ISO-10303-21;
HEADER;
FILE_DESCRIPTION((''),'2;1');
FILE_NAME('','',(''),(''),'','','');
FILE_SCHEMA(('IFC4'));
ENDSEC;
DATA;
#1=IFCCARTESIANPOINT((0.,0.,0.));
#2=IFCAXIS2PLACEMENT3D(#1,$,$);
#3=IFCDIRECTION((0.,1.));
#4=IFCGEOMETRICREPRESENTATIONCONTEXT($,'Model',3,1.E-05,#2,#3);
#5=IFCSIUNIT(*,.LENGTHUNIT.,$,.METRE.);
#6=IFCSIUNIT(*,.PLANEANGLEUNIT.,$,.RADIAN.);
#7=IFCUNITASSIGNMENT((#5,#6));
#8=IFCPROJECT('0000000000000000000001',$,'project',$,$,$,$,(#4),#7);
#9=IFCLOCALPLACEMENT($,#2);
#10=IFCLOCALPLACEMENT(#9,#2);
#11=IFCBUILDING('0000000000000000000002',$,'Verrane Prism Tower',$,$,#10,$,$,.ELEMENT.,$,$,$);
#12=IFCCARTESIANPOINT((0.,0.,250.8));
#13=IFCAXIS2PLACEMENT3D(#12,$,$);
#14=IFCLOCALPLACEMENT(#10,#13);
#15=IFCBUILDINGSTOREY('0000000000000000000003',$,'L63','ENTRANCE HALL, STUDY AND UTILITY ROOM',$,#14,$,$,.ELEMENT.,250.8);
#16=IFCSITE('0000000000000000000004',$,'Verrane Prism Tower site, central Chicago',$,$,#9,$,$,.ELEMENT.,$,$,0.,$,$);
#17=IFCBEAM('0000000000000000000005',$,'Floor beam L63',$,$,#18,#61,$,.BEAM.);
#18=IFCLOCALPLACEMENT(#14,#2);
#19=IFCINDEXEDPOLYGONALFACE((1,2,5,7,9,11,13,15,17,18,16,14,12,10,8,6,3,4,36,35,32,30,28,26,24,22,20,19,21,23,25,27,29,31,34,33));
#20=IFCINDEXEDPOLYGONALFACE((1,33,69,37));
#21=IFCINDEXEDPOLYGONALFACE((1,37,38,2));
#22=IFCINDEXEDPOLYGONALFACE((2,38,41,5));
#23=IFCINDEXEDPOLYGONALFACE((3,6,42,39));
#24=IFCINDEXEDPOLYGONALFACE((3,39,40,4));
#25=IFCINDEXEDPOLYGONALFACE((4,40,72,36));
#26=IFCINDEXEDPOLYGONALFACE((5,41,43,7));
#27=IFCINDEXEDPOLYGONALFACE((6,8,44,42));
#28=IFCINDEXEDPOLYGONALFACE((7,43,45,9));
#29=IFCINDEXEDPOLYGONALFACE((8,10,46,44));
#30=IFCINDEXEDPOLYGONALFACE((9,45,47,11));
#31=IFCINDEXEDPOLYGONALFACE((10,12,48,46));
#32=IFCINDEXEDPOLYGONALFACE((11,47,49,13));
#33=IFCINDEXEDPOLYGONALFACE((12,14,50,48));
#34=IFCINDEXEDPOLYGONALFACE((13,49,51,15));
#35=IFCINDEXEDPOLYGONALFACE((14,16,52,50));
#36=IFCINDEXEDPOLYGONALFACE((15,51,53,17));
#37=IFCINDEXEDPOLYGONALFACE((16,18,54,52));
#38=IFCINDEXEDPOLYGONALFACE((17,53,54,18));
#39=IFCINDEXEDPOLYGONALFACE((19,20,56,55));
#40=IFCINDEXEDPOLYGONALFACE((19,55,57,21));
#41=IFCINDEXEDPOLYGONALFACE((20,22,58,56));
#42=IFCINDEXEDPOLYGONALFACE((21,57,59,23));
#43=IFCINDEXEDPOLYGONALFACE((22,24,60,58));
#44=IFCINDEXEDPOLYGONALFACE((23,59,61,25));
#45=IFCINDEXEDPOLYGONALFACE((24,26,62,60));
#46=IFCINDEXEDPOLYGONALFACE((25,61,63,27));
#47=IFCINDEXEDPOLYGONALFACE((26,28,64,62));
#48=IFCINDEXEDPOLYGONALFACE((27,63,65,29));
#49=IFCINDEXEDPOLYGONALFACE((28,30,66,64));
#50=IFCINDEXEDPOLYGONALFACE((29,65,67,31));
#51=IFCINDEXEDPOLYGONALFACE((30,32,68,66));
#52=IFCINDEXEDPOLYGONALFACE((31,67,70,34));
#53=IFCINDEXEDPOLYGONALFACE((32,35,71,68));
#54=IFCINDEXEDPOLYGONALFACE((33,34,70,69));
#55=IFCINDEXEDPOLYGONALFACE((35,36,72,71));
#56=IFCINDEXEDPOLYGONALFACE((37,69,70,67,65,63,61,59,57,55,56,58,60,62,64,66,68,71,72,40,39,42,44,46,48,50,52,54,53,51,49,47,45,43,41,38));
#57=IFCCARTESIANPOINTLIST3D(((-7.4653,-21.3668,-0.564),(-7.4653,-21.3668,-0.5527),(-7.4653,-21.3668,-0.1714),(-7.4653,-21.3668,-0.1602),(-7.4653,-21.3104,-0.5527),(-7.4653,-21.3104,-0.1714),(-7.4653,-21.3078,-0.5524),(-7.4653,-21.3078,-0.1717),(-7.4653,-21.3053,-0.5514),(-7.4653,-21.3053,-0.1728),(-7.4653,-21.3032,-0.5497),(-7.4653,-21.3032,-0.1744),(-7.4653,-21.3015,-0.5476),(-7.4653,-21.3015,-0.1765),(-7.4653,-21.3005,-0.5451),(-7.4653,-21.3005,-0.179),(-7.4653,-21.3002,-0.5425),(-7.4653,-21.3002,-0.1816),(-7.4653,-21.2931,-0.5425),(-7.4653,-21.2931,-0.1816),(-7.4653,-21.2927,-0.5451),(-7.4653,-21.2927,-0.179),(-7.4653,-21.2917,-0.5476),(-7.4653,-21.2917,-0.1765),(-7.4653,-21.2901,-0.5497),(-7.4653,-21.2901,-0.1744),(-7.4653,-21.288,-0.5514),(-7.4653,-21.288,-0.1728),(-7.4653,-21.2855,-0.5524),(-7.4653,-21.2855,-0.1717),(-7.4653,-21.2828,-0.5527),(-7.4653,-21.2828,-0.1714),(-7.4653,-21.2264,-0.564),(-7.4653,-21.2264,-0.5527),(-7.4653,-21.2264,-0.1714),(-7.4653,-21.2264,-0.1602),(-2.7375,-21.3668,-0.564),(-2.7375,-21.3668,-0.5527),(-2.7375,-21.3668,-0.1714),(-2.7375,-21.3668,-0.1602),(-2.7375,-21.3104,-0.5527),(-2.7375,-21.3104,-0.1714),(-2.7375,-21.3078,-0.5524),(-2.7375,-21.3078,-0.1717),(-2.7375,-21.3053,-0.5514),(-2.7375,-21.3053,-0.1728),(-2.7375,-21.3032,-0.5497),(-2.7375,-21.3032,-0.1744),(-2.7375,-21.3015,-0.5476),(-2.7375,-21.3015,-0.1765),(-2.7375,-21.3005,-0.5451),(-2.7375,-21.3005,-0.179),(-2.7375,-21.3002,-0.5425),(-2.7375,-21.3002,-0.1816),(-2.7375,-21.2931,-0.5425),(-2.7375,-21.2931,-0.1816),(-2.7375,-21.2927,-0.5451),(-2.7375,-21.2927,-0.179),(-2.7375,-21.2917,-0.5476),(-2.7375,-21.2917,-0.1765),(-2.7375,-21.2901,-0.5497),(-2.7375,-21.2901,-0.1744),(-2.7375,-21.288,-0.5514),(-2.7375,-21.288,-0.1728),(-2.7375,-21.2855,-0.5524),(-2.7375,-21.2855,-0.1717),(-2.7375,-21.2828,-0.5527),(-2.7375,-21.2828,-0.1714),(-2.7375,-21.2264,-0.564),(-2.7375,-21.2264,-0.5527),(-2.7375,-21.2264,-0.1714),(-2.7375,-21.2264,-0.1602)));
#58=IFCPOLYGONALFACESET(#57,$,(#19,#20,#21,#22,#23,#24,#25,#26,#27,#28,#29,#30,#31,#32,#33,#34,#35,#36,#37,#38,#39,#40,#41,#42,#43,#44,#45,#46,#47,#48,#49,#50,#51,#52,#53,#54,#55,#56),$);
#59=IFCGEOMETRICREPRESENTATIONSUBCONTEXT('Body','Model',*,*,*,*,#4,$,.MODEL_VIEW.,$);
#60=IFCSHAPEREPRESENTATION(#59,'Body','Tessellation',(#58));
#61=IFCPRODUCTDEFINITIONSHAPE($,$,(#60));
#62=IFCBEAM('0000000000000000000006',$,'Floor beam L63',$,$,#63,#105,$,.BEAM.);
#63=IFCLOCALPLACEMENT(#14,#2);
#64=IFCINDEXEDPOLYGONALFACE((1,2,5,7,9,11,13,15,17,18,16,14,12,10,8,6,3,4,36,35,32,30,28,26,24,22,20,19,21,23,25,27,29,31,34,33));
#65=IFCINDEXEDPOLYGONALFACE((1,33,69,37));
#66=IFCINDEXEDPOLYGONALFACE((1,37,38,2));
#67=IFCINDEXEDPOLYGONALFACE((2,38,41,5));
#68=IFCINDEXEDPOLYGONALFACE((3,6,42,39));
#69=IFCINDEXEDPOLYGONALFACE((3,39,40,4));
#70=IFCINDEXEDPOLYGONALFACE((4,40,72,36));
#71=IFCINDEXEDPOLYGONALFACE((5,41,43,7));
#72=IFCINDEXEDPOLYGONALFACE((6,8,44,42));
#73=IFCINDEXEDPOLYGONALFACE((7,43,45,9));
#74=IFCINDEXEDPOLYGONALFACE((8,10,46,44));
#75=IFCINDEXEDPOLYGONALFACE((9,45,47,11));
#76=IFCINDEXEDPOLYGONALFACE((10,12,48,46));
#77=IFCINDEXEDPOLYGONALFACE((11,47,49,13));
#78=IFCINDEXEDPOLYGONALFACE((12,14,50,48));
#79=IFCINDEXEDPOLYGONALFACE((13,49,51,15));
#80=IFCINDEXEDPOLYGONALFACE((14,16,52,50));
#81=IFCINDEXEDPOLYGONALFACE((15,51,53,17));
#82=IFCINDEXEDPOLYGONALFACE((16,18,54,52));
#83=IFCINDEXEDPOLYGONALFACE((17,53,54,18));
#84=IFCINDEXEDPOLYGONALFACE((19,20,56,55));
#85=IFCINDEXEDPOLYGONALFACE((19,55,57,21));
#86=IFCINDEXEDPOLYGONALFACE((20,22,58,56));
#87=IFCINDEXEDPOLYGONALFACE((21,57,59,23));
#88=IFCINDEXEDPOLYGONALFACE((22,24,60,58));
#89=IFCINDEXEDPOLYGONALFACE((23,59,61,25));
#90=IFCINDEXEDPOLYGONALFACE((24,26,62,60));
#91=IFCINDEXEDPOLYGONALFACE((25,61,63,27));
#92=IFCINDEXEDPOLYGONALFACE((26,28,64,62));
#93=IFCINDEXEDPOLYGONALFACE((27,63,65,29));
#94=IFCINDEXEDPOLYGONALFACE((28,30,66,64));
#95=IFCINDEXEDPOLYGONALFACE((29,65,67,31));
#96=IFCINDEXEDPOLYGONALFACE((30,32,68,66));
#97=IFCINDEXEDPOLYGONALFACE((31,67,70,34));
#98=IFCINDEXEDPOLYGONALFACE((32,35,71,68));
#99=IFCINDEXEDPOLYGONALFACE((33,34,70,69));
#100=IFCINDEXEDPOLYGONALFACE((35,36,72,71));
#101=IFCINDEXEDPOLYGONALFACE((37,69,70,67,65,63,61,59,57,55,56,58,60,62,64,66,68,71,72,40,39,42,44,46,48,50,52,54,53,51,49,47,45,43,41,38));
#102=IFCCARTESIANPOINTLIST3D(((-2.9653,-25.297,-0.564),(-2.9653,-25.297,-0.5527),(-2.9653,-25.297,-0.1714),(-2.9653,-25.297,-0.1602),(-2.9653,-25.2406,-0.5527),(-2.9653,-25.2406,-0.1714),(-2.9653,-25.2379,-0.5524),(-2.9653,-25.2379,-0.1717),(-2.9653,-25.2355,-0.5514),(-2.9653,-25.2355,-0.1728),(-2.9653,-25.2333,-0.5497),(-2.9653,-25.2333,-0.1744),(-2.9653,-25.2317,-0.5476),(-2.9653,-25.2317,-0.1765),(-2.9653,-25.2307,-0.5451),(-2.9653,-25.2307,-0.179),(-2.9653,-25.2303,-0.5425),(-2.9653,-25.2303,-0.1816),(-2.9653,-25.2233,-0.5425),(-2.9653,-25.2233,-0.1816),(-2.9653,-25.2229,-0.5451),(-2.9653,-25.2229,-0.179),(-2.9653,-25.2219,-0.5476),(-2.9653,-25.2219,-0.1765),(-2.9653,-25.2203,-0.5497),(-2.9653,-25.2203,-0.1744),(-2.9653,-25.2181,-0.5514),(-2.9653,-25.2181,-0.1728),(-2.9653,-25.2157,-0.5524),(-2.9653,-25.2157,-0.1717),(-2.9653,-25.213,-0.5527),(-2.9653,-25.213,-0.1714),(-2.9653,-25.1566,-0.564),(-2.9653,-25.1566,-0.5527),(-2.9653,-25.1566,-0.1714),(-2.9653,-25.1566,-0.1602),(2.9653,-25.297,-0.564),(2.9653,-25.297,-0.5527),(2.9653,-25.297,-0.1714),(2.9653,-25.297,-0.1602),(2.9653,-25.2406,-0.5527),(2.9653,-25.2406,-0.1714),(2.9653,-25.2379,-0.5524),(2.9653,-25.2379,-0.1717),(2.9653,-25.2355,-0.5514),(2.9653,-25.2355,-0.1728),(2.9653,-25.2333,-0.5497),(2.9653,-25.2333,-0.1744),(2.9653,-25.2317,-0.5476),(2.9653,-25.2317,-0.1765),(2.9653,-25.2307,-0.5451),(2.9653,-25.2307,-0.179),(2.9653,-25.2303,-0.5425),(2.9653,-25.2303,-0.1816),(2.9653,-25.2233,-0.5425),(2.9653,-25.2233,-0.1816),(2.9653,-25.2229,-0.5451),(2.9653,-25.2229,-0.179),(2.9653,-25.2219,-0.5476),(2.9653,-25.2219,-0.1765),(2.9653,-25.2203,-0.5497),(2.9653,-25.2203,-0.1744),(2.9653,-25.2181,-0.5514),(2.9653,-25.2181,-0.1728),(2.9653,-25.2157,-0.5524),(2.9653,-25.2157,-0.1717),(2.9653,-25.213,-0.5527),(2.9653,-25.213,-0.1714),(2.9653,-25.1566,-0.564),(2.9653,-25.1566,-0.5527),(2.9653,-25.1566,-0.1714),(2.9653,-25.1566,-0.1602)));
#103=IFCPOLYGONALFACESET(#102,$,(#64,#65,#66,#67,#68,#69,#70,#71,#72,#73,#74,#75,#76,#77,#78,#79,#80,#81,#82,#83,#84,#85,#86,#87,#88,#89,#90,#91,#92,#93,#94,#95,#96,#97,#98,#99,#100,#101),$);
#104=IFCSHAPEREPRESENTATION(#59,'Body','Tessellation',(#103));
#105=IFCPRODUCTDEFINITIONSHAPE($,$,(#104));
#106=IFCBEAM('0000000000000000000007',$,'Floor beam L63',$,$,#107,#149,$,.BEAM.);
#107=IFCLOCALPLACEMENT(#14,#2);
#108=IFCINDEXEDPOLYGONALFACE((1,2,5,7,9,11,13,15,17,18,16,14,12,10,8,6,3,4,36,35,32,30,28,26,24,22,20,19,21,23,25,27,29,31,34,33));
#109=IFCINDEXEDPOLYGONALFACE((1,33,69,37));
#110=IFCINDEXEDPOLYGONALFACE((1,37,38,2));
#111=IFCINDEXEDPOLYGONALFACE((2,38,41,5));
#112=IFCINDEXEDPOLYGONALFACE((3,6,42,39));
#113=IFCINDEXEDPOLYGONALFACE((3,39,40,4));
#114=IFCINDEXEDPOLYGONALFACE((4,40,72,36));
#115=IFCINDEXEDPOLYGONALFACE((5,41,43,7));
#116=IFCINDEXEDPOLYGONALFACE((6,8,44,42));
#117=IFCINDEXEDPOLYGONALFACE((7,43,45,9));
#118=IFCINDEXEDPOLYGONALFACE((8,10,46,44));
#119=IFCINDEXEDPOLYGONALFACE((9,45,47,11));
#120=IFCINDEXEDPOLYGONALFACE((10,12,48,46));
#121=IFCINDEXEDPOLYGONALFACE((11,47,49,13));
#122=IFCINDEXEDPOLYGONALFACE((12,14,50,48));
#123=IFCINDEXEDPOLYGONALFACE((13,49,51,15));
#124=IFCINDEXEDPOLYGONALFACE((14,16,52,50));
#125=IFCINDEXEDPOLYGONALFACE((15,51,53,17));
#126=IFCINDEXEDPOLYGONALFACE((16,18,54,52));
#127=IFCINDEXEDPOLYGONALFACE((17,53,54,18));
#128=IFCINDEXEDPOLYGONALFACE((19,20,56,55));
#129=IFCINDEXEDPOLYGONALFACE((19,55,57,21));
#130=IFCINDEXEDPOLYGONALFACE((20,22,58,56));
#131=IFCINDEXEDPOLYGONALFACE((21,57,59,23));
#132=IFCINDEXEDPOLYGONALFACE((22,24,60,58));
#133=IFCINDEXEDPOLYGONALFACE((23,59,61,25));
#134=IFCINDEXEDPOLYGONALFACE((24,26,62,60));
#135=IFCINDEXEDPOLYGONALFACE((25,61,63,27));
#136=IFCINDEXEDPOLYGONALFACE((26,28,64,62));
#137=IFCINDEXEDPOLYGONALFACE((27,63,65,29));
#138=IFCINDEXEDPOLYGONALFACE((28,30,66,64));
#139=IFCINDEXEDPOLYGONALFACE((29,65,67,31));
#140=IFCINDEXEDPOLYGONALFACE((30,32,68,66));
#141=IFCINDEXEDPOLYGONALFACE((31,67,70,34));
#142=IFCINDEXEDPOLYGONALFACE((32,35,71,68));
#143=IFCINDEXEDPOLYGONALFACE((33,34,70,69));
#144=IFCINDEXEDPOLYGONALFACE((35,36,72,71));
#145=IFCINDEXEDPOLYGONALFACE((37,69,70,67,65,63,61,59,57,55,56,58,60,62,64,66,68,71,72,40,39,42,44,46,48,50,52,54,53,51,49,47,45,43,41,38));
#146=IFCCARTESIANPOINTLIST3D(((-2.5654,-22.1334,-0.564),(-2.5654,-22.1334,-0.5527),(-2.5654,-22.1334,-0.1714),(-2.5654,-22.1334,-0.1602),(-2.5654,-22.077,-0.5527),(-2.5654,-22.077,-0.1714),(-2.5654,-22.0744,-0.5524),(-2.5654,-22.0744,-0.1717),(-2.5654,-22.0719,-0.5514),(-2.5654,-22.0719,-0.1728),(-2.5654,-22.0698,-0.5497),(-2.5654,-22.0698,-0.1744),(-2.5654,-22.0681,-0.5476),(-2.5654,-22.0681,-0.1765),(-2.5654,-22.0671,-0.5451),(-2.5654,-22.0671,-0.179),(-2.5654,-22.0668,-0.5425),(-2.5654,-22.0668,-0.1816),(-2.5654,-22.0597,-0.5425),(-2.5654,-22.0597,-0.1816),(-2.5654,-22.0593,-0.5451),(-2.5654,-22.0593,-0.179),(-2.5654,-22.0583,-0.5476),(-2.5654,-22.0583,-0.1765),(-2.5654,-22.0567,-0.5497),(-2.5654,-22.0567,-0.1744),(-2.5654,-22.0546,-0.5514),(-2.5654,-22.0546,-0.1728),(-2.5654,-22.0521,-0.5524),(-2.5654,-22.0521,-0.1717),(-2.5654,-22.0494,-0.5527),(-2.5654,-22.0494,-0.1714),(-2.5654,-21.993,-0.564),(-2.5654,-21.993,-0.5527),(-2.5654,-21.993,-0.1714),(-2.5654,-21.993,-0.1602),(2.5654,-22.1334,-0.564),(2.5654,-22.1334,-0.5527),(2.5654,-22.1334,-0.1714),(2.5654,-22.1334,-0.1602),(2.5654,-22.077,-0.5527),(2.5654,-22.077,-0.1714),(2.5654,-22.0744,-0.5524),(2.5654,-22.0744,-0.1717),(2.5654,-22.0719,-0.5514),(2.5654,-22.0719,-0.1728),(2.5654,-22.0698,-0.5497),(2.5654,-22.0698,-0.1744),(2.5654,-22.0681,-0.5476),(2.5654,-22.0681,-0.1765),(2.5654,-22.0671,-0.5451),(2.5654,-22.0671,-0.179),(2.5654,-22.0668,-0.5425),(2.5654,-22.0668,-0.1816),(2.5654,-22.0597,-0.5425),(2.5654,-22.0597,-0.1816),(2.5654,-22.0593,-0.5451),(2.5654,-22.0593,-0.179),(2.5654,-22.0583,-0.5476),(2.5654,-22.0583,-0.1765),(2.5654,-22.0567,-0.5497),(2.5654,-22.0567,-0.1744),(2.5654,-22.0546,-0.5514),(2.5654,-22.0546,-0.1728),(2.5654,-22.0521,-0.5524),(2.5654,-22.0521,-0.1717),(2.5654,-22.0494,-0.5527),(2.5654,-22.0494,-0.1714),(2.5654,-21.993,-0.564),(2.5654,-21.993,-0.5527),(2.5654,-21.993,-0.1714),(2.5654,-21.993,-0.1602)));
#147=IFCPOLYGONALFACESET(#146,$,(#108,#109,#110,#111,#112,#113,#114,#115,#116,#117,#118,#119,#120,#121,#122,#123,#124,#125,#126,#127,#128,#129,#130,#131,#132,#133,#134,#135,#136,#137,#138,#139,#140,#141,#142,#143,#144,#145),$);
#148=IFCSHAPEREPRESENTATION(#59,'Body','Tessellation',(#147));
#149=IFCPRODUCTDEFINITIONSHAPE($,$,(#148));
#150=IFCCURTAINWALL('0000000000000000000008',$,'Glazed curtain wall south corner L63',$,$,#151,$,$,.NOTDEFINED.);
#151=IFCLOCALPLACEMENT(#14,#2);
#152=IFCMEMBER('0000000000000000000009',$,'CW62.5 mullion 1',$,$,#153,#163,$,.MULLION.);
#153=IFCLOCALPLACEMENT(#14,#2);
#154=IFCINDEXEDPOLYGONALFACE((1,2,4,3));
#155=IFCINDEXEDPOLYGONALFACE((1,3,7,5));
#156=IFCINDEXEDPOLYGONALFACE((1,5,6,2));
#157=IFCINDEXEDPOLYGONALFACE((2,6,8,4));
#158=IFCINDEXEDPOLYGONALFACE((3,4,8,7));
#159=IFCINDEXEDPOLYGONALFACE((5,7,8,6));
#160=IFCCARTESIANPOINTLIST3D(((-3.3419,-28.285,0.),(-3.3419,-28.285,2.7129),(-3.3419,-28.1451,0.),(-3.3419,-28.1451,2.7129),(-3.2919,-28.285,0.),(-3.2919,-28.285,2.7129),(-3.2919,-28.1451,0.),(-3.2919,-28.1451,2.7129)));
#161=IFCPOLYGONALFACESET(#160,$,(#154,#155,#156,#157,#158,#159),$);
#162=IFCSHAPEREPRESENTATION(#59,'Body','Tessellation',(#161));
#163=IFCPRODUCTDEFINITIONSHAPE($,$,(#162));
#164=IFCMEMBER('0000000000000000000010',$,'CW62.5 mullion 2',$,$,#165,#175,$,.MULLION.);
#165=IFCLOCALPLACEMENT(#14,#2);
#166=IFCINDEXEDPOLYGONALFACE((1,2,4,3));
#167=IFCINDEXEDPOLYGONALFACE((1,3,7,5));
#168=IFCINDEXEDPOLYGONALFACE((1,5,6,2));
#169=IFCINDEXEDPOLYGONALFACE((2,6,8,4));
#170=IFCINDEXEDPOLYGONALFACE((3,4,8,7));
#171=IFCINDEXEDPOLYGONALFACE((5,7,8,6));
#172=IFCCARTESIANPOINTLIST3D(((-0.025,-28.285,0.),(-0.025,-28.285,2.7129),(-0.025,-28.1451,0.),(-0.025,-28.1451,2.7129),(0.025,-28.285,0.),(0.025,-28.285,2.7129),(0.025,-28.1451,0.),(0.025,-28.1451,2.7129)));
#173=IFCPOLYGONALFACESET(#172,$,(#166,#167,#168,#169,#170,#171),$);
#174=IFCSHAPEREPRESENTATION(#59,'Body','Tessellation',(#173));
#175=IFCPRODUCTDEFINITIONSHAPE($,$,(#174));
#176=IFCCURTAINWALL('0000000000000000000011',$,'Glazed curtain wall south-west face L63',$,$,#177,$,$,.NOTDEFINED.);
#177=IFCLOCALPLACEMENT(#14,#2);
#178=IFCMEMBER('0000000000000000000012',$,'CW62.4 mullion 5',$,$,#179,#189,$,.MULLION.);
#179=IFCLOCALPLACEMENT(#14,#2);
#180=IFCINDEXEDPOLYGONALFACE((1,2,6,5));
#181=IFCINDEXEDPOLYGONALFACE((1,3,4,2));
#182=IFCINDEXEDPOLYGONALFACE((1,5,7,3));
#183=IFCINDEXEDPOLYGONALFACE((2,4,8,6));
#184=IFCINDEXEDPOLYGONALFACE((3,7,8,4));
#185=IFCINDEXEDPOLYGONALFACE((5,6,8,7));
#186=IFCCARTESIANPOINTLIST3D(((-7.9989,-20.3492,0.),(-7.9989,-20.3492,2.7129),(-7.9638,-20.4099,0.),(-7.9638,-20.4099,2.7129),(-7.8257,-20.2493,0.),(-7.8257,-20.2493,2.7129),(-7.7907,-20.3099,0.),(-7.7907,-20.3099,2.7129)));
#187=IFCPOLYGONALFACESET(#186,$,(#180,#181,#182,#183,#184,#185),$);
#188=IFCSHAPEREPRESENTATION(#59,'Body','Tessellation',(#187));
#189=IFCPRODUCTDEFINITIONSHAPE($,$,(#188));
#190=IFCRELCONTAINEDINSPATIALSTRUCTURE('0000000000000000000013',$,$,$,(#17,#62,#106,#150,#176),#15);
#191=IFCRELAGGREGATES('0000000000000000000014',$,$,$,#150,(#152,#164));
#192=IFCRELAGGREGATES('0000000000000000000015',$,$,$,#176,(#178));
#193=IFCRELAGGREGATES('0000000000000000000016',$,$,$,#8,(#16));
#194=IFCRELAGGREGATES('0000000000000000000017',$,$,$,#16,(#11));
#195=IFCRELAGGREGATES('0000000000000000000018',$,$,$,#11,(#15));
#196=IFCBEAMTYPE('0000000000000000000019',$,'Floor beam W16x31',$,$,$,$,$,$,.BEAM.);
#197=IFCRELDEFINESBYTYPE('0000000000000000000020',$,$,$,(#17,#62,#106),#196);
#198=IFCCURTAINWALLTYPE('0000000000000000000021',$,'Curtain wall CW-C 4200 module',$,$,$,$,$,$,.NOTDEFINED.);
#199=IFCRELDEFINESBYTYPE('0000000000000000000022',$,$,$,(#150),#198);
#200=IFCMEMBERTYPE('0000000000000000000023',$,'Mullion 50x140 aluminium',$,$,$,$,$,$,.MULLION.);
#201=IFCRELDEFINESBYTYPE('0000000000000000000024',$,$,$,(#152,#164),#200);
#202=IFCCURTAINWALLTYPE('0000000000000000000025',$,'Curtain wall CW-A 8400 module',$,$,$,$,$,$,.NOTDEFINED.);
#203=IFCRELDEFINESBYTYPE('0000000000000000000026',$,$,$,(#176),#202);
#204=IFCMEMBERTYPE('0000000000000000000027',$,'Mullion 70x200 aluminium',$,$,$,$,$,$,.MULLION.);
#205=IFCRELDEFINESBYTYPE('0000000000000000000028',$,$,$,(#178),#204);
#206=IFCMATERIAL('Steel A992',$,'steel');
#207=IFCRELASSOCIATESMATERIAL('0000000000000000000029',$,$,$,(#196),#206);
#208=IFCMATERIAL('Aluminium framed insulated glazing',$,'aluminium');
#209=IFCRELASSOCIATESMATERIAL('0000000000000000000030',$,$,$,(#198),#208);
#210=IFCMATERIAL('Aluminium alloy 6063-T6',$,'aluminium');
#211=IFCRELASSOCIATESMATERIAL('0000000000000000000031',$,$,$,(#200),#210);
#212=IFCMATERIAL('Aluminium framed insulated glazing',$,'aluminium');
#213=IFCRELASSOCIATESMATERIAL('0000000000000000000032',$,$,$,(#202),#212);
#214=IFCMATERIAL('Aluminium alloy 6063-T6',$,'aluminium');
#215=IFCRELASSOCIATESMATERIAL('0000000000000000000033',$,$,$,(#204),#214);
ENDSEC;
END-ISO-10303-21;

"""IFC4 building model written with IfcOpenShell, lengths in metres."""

from ifc_helpers import new_model, si_unit, direction, frame, origin, origin_2d, place, context, subcontext, project, spatial, rectangle, i_section, extrude, material, material_profile, profile_set, type_object, element, aggregate, save


model = new_model("IFC4")

# Units and contexts
model_context = context("Model", 3, precision=1e-05, world=origin(), true_north=direction((0.0, 1.0)))
body_context = subcontext(model_context, "Body", "Model", "MODEL_VIEW")
ifc_project = project(units=[si_unit("LENGTHUNIT", "METRE"), si_unit("PLANEANGLEUNIT", "RADIAN")], contexts=[model_context])

# Site, building, storey
site_placement = place(None, origin())
site = spatial("IfcSite", under=ifc_project, at=site_placement, Name="Verrane Prism Tower site, central Chicago", CompositionType="ELEMENT", RefElevation=0.0)
building_placement = place(site_placement, origin())
building = spatial("IfcBuilding", under=site, at=building_placement, Name="Verrane Prism Tower", CompositionType="ELEMENT")
storey_placement = place(building_placement, frame((0.0, 0.0, 250.8)))
storey = spatial("IfcBuildingStorey", under=building, at=storey_placement, Name="L63", Description="ENTRANCE HALL, STUDY AND UTILITY ROOM", CompositionType="ELEMENT", Elevation=250.8)

# Beams
ifc_material_1 = material(Name="Steel A992", Category="steel")
ifc_material_profile_1 = material_profile(ifc_material_1, i_section(OverallWidth=0.1404, OverallDepth=0.4038, WebThickness=0.0071, FlangeThickness=0.0112, FilletRadius=0.0103, at=origin_2d()), Name="W16x31")
ifc_profile_set_1 = profile_set([ifc_material_profile_1], Name="Steel A992")
beam_type_1 = type_object("IfcBeamType", Name="Floor beam W16x31", PredefinedType="BEAM", material=ifc_profile_set_1)
beam_1_placement = place(storey_placement, frame((-7.4653, -21.2966, -0.3621), z_axis=(1.0, 0.0, 0.0), x_axis=(0.0, 1.0, 0.0)))
element("IfcBeam", 1, at=beam_1_placement, inside=storey, type_object=beam_type_1, Name="Floor beam L63", PredefinedType="BEAM", context=body_context, shape_type="SweptSolid", body=[
    extrude(i_section(OverallWidth=0.1404, OverallDepth=0.4038, WebThickness=0.0071, FlangeThickness=0.0112, FilletRadius=0.0103, at=origin_2d()), origin(), (0.0, 0.0, 1.0), 4.7278),
])
beam_2_placement = place(storey_placement, frame((-2.9653, -25.2268, -0.3621), z_axis=(1.0, 0.0, 0.0), x_axis=(0.0, 1.0, 0.0)))
element("IfcBeam", 2, at=beam_2_placement, inside=storey, type_object=beam_type_1, Name="Floor beam L63", PredefinedType="BEAM", context=body_context, shape_type="SweptSolid", body=[
    extrude(i_section(OverallWidth=0.1404, OverallDepth=0.4038, WebThickness=0.0071, FlangeThickness=0.0112, FilletRadius=0.0103, at=origin_2d()), origin(), (0.0, 0.0, 1.0), 5.9307),
])
beam_3_placement = place(storey_placement, frame((-2.5654, -22.0632, -0.3621), z_axis=(1.0, 0.0, 0.0), x_axis=(0.0, 1.0, 0.0)))
element("IfcBeam", 3, at=beam_3_placement, inside=storey, type_object=beam_type_1, Name="Floor beam L63", PredefinedType="BEAM", context=body_context, shape_type="SweptSolid", body=[
    extrude(i_section(OverallWidth=0.1404, OverallDepth=0.4038, WebThickness=0.0071, FlangeThickness=0.0112, FilletRadius=0.0103, at=origin_2d()), origin(), (0.0, 0.0, 1.0), 5.1309),
])

# Curtain wall, members
ifc_material_2 = material(Name="Aluminium framed insulated glazing", Category="aluminium")
curtain_wall_type_1 = type_object("IfcCurtainWallType", Name="Curtain wall CW-C 4200 module", PredefinedType="NOTDEFINED", material=ifc_material_2)
curtain_wall_1_placement = place(storey_placement, origin())
curtain_wall_1 = element("IfcCurtainWall", 4, at=curtain_wall_1_placement, inside=storey, type_object=curtain_wall_type_1, Name="Glazed curtain wall south corner L63", PredefinedType="NOTDEFINED")
ifc_material_3 = material(Name="Aluminium alloy 6063-T6", Category="aluminium")
ifc_material_profile_2 = material_profile(ifc_material_3, rectangle(XDim=0.1399, YDim=0.05, at=origin_2d()), Name="Mullion 50x140 aluminium")
ifc_profile_set_2 = profile_set([ifc_material_profile_2], Name="Aluminium alloy 6063-T6")
member_type_1 = type_object("IfcMemberType", Name="Mullion 50x140 aluminium", PredefinedType="MULLION", material=ifc_profile_set_2)
member_1_placement = place(storey_placement, frame((-3.3169, -28.2151, 0.0), z_axis=(0.0, 0.0, 1.0), x_axis=(0.0, 1.0, 0.0)))
member_1 = element("IfcMember", 5, at=member_1_placement, type_object=member_type_1, Name="CW62.5 mullion 1", PredefinedType="MULLION", context=body_context, shape_type="SweptSolid", body=[
    extrude(rectangle(XDim=0.1399, YDim=0.05, at=origin_2d()), origin(), (0.0, 0.0, 1.0), 2.7129),
])
member_2_placement = place(storey_placement, frame((0.0, -28.2151, 0.0), z_axis=(0.0, 0.0, 1.0), x_axis=(0.0, 1.0, 0.0)))
member_2 = element("IfcMember", 6, at=member_2_placement, type_object=member_type_1, Name="CW62.5 mullion 2", PredefinedType="MULLION", context=body_context, shape_type="SweptSolid", body=[
    extrude(rectangle(XDim=0.1399, YDim=0.05, at=origin_2d()), origin(), (0.0, 0.0, 1.0), 2.7129),
])

# Curtain wall, member
ifc_material_4 = material(Name="Aluminium framed insulated glazing", Category="aluminium")
curtain_wall_type_2 = type_object("IfcCurtainWallType", Name="Curtain wall CW-A 8400 module", PredefinedType="NOTDEFINED", material=ifc_material_4)
curtain_wall_2_placement = place(storey_placement, origin())
curtain_wall_2 = element("IfcCurtainWall", 7, at=curtain_wall_2_placement, inside=storey, type_object=curtain_wall_type_2, Name="Glazed curtain wall south-west face L63", PredefinedType="NOTDEFINED")
ifc_material_5 = material(Name="Aluminium alloy 6063-T6", Category="aluminium")
ifc_material_profile_3 = material_profile(ifc_material_5, rectangle(XDim=0.2, YDim=0.0701, at=origin_2d()), Name="Mullion 70x200 aluminium")
ifc_profile_set_3 = profile_set([ifc_material_profile_3], Name="Aluminium alloy 6063-T6")
member_type_2 = type_object("IfcMemberType", Name="Mullion 70x200 aluminium", PredefinedType="MULLION", material=ifc_profile_set_3)
member_3_placement = place(storey_placement, frame((-7.8948, -20.3296, 0.0), z_axis=(0.0, 0.0, 1.0), x_axis=(0.866026, 0.5, 0.0)))
member_3 = element("IfcMember", 8, at=member_3_placement, type_object=member_type_2, Name="CW62.4 mullion 5", PredefinedType="MULLION", context=body_context, shape_type="SweptSolid", body=[
    extrude(rectangle(XDim=0.2, YDim=0.0701, at=origin_2d()), origin(), (0.0, 0.0, 1.0), 2.7129),
])

aggregate(curtain_wall_1, [member_1, member_2])
aggregate(curtain_wall_2, [member_3])

save(model, "model.ifc")
